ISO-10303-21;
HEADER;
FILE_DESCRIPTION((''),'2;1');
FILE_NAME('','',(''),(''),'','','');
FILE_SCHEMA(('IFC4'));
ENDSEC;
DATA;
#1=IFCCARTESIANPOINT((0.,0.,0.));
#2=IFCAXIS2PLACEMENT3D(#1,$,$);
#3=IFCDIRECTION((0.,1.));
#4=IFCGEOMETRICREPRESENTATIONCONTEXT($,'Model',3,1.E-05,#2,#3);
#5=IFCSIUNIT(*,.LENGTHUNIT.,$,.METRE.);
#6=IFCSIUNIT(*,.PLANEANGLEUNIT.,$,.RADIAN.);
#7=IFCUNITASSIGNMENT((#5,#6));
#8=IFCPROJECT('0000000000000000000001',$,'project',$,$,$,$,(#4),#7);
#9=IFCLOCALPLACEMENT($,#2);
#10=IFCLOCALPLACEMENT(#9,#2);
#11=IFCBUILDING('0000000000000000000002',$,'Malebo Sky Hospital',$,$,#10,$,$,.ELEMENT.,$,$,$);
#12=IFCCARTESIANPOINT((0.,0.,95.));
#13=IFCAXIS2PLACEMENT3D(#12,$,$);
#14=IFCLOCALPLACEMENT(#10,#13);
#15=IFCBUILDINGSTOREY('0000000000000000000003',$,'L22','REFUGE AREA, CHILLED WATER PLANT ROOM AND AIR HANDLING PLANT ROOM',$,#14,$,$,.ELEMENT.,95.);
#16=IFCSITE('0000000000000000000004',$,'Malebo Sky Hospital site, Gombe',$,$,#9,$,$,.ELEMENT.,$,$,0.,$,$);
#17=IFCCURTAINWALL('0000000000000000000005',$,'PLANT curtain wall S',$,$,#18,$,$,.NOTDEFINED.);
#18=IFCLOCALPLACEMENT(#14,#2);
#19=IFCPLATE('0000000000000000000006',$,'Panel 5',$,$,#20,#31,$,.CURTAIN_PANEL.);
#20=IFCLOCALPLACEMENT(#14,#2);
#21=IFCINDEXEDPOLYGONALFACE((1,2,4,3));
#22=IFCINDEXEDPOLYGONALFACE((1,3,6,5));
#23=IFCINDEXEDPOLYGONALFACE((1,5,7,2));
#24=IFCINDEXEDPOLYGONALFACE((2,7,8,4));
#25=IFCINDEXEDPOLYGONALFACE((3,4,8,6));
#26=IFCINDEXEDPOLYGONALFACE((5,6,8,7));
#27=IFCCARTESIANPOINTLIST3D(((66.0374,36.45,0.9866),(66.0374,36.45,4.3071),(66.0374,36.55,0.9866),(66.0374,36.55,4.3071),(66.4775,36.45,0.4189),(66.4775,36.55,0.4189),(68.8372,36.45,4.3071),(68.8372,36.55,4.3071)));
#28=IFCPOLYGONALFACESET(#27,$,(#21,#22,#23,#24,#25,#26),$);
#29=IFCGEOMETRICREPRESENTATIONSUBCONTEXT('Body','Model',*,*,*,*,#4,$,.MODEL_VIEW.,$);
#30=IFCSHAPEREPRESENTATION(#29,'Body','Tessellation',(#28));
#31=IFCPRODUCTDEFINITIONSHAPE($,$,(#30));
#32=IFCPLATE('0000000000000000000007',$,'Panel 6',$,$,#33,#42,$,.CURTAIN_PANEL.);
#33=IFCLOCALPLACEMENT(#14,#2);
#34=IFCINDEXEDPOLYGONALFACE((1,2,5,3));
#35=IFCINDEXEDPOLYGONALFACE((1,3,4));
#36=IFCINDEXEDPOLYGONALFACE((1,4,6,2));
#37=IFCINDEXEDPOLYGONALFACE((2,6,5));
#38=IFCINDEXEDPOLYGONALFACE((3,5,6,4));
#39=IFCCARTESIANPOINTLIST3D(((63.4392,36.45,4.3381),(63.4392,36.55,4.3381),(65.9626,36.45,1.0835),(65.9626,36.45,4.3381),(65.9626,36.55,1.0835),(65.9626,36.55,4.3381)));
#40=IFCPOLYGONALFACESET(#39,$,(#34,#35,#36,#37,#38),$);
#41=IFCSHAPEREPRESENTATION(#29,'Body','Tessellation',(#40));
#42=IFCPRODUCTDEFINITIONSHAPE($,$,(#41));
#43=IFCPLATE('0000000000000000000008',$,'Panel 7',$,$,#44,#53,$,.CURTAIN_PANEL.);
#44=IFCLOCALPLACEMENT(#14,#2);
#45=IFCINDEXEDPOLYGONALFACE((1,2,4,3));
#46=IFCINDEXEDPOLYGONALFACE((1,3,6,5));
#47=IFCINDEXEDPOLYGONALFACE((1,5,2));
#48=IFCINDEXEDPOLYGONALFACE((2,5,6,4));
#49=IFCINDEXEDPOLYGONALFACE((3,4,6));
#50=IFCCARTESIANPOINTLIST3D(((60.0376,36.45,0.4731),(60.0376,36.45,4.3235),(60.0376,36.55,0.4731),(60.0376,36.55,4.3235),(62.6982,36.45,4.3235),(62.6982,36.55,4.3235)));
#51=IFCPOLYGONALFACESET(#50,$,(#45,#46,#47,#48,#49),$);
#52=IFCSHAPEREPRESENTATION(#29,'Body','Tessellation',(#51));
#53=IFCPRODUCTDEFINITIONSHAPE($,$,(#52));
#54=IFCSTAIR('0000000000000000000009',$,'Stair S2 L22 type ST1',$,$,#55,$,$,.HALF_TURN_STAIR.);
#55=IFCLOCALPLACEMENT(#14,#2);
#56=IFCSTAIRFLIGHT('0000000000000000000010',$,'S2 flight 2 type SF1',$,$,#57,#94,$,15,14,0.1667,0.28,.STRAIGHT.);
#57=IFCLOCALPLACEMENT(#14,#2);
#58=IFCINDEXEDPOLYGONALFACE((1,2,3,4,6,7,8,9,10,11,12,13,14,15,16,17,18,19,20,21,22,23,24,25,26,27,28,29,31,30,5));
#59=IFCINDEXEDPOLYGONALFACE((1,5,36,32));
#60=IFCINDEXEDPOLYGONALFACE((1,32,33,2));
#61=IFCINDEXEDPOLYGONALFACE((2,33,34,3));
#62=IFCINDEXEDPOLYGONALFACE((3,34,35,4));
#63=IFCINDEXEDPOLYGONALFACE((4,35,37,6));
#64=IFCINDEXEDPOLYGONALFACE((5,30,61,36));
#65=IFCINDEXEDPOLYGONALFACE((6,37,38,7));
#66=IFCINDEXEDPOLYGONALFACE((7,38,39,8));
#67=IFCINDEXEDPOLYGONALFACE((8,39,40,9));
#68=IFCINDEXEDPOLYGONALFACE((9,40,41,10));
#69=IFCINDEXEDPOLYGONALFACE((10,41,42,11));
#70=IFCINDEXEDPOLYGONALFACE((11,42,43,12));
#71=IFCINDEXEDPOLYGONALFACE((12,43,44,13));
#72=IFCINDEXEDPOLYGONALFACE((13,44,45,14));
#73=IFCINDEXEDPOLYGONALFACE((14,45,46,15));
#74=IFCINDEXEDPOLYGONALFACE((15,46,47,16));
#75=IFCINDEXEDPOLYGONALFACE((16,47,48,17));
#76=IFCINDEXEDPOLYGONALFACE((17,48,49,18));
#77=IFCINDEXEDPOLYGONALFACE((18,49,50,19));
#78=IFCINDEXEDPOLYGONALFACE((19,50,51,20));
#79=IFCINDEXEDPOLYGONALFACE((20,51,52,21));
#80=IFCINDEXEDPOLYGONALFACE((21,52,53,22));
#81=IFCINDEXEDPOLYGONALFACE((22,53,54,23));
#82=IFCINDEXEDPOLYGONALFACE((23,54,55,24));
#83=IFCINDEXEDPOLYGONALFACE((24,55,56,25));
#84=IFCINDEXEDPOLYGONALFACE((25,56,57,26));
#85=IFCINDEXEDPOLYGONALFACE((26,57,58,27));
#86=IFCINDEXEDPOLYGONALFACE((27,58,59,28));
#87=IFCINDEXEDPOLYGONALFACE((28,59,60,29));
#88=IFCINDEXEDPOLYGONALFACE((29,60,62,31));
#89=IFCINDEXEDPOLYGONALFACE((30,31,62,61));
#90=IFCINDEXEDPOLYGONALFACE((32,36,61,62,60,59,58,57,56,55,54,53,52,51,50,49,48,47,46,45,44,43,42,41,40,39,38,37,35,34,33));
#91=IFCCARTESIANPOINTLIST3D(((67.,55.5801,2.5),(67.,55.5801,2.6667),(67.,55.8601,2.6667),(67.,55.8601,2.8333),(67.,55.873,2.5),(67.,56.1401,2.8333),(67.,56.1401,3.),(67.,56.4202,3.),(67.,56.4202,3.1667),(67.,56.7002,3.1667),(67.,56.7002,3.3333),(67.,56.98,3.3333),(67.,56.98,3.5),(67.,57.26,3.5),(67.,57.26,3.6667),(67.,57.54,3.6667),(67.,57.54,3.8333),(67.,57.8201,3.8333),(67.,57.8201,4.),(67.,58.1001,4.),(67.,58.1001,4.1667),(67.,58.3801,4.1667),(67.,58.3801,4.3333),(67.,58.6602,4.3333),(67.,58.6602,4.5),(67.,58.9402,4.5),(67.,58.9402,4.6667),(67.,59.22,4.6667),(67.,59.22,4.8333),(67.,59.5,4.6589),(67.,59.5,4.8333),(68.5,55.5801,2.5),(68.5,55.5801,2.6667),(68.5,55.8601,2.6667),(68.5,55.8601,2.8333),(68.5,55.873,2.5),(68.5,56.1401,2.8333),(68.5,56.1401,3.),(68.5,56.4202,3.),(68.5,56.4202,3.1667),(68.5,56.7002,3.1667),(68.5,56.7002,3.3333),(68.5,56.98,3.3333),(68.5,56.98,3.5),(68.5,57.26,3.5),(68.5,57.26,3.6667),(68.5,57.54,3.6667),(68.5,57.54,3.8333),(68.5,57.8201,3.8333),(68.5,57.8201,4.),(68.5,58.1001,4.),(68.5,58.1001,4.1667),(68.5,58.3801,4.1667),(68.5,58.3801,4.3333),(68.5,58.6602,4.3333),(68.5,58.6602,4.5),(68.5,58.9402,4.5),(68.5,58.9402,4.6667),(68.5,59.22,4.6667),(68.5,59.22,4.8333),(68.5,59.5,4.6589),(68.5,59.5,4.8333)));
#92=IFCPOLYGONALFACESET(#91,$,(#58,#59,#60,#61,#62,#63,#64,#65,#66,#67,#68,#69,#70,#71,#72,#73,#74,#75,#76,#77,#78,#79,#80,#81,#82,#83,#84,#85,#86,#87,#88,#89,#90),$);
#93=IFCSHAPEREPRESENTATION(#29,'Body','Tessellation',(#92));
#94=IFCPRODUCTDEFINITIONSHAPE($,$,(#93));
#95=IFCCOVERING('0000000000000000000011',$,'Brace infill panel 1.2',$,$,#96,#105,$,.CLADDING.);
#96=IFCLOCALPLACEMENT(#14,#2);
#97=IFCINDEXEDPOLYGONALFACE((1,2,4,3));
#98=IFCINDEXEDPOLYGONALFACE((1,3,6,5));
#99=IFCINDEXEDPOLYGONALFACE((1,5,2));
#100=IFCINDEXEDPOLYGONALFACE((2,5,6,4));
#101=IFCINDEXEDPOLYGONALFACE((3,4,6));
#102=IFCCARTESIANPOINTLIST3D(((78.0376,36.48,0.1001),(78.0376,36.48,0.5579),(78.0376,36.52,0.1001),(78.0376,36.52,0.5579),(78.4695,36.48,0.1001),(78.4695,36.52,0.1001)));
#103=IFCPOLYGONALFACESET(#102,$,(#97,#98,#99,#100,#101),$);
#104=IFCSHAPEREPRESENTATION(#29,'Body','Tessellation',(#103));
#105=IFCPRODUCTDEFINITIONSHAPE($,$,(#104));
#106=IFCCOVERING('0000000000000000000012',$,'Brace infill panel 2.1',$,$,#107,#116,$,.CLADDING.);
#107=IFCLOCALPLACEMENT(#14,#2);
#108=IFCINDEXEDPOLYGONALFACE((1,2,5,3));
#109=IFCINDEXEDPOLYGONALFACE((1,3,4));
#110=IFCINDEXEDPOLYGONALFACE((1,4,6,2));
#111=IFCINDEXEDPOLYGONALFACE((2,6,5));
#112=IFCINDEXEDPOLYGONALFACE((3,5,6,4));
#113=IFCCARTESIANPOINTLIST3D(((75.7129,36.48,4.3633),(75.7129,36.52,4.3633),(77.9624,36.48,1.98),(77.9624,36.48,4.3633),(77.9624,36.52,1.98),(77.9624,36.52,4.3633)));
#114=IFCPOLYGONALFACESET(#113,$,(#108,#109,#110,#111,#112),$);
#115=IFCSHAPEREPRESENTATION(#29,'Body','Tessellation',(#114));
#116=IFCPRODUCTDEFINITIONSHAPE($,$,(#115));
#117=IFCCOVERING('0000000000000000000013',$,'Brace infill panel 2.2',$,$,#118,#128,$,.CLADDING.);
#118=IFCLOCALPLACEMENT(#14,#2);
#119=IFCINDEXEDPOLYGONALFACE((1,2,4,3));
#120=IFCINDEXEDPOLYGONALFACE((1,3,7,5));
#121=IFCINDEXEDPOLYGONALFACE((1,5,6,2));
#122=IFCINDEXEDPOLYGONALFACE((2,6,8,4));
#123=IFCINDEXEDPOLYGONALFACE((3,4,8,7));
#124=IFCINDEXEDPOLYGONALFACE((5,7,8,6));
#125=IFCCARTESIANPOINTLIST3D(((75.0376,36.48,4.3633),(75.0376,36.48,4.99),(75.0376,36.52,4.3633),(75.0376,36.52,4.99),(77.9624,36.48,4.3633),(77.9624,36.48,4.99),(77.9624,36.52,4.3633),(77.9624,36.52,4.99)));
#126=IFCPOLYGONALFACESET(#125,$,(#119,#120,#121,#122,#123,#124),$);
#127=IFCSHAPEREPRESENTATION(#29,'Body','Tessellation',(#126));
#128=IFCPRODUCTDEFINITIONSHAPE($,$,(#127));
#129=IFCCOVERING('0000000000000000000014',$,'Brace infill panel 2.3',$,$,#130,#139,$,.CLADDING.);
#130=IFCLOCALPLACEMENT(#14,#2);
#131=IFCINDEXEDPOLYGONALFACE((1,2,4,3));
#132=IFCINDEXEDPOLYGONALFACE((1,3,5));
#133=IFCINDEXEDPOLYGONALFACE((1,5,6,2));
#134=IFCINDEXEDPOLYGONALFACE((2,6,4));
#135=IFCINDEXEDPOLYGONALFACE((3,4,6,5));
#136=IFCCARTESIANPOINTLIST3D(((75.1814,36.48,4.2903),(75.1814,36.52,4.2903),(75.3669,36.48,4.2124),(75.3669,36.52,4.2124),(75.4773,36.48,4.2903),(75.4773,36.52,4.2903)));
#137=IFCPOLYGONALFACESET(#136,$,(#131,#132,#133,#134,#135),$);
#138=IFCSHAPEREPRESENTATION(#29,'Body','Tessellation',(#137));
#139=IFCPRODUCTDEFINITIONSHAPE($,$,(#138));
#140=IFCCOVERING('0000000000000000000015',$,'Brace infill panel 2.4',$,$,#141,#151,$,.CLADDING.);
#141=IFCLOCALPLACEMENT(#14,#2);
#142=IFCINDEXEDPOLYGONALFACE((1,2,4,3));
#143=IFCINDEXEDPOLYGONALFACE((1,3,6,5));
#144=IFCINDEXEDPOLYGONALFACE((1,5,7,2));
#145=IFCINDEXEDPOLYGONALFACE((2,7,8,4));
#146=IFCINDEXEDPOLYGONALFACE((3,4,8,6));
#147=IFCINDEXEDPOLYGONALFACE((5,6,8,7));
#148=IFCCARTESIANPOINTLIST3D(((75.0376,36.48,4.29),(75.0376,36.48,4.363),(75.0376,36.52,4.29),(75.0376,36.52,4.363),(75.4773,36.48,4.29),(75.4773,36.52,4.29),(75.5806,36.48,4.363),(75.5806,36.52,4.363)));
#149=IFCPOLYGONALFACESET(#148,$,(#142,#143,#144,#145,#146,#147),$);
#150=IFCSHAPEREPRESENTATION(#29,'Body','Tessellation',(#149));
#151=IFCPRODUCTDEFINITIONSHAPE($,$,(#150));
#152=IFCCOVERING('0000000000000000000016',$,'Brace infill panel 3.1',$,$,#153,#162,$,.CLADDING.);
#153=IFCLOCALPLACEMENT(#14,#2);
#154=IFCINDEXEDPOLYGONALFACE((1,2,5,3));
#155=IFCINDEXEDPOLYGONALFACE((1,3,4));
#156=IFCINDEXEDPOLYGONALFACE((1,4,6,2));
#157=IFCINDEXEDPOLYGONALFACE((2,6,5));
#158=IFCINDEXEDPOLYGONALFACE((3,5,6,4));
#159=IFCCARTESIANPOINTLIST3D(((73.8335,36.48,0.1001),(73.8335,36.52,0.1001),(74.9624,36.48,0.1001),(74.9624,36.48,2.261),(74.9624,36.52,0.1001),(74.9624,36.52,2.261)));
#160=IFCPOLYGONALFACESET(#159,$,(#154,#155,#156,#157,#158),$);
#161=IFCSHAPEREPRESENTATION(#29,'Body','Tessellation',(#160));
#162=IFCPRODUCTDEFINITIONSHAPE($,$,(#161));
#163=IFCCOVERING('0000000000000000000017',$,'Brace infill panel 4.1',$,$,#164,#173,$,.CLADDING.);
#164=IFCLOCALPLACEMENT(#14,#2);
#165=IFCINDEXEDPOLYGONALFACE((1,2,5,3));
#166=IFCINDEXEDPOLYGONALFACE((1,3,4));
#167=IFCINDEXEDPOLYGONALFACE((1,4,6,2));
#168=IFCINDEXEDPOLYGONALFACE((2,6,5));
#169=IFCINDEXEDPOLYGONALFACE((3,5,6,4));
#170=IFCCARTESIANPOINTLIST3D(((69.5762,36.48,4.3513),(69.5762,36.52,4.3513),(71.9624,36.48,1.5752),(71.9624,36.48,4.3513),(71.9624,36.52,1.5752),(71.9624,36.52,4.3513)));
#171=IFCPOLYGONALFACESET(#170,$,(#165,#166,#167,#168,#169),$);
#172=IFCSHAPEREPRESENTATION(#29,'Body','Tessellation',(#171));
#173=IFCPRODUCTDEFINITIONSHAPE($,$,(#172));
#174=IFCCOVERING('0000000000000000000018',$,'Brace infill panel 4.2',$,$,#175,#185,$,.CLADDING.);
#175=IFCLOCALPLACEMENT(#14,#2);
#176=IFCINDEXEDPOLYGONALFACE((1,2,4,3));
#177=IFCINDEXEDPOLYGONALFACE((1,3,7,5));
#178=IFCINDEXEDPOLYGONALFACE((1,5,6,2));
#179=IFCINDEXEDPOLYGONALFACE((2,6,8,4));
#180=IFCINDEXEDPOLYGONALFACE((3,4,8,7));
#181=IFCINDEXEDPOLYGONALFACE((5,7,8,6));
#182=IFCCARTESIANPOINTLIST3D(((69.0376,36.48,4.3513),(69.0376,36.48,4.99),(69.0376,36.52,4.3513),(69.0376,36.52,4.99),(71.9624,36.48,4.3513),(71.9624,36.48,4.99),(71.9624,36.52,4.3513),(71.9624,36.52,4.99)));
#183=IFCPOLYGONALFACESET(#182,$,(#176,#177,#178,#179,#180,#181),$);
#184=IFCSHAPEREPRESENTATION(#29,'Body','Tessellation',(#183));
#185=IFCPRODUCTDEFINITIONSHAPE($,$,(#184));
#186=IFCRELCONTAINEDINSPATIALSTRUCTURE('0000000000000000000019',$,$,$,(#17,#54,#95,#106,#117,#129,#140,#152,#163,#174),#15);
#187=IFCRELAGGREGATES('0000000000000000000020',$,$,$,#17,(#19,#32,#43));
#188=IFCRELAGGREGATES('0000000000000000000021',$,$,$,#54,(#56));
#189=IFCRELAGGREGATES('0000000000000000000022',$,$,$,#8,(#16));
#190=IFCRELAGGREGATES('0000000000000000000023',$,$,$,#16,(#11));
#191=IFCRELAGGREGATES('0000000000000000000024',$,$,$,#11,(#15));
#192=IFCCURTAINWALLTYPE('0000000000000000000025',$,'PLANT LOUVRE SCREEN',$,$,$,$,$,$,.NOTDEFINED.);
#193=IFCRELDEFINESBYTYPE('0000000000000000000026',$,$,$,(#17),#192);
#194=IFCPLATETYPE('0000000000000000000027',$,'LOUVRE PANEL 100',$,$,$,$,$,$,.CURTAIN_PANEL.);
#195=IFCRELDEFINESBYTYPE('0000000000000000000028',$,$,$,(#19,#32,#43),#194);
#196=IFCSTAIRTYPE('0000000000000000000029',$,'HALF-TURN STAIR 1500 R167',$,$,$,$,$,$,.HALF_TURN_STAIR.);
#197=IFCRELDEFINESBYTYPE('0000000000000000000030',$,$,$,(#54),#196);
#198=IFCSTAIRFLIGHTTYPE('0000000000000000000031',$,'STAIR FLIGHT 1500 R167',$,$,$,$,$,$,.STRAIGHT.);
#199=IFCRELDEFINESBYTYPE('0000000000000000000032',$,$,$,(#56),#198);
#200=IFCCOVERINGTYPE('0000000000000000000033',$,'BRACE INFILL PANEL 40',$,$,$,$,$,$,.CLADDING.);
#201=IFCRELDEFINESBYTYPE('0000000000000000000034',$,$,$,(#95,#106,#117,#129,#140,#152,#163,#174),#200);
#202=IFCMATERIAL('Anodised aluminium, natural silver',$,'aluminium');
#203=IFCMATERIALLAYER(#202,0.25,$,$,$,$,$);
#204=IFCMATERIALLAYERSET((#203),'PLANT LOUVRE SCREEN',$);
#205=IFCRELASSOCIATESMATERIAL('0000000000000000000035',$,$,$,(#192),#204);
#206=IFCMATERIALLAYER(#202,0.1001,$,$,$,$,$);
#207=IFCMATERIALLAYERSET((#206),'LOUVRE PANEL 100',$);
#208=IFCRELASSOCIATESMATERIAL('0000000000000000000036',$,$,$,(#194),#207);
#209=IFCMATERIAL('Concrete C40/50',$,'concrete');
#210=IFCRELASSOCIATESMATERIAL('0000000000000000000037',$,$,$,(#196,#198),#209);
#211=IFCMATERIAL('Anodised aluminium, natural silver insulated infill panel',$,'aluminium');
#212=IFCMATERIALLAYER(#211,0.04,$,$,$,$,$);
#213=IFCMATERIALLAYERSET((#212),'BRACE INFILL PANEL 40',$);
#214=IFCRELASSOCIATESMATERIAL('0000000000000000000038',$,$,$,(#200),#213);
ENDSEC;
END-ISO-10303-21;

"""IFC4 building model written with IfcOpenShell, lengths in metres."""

from ifc_helpers import new_model, si_unit, direction, frame, origin, place, context, subcontext, project, spatial, polyline, outline, extrude, material, layer, layer_set, type_object, element, aggregate, save


model = new_model("IFC4")

# Units and contexts
model_context = context("Model", 3, precision=1e-05, world=origin(), true_north=direction((0.0, 1.0)))
body_context = subcontext(model_context, "Body", "Model", "MODEL_VIEW")
ifc_project = project(units=[si_unit("LENGTHUNIT", "METRE"), si_unit("PLANEANGLEUNIT", "RADIAN")], contexts=[model_context])

# Site, building, storey
site_placement = place(None, origin())
site = spatial("IfcSite", under=ifc_project, at=site_placement, Name="Malebo Sky Hospital site, Gombe", CompositionType="ELEMENT", RefElevation=0.0)
building_placement = place(site_placement, origin())
building = spatial("IfcBuilding", under=site, at=building_placement, Name="Malebo Sky Hospital", CompositionType="ELEMENT")
storey_placement = place(building_placement, frame((0.0, 0.0, 95.0)))
storey = spatial("IfcBuildingStorey", under=building, at=storey_placement, Name="L22", Description="REFUGE AREA, CHILLED WATER PLANT ROOM AND AIR HANDLING PLANT ROOM", CompositionType="ELEMENT", Elevation=95.0)

# Curtain wall
ifc_material_1 = material(Name="Anodised aluminium, natural silver", Category="aluminium")
ifc_layer_1 = layer(ifc_material_1, 0.25)
ifc_layer_set_1 = layer_set([ifc_layer_1], Name="PLANT LOUVRE SCREEN")
curtain_wall_type = type_object("IfcCurtainWallType", Name="PLANT LOUVRE SCREEN", PredefinedType="NOTDEFINED", material=ifc_layer_set_1)
curtain_wall_placement = place(storey_placement, origin())
curtain_wall = element("IfcCurtainWall", 1, at=curtain_wall_placement, inside=storey, type_object=curtain_wall_type, Name="PLANT curtain wall S", PredefinedType="NOTDEFINED")

# Plates
ifc_layer_2 = layer(ifc_material_1, 0.1001)
ifc_layer_set_2 = layer_set([ifc_layer_2], Name="LOUVRE PANEL 100")
plate_type = type_object("IfcPlateType", Name="LOUVRE PANEL 100", PredefinedType="CURTAIN_PANEL", material=ifc_layer_set_2)
plate_1_placement = place(storey_placement, frame((67.4373, 36.5, 0.4189), z_axis=(0.0, 0.0, 1.0), x_axis=(-1.0, 0.0, 0.0)))
plate_1 = element("IfcPlate", 2, at=plate_1_placement, type_object=plate_type, Name="Panel 5", PredefinedType="CURTAIN_PANEL", context=body_context, shape_type="SweptSolid", body=[
    extrude(outline(polyline([(0.9597, 0.0), (1.3999, 0.5676), (1.3999, 3.8882), (-1.3999, 3.8882), (0.9597, 0.0)])), frame((0.0, 0.05, 0.0), z_axis=(0.0, -1.0, 0.0), x_axis=(1.0, 0.0, 0.0)), (0.0, 0.0, 1.0), 0.1001),
])
plate_2_placement = place(storey_placement, frame((64.7009, 36.5, 1.0835), z_axis=(0.0, 0.0, 1.0), x_axis=(-1.0, 0.0, 0.0)))
plate_2 = element("IfcPlate", 3, at=plate_2_placement, type_object=plate_type, Name="Panel 6", PredefinedType="CURTAIN_PANEL", context=body_context, shape_type="SweptSolid", body=[
    extrude(outline(polyline([(-1.2617, 0.0), (1.2617, 3.2546), (-1.2617, 3.2546), (-1.2617, 0.0)])), frame((0.0, 0.05, 0.0), z_axis=(0.0, -1.0, 0.0), x_axis=(1.0, 0.0, 0.0)), (0.0, 0.0, 1.0), 0.1001),
])
plate_3_placement = place(storey_placement, frame((61.3679, 36.5, 0.4731), z_axis=(0.0, 0.0, 1.0), x_axis=(-1.0, 0.0, 0.0)))
plate_3 = element("IfcPlate", 4, at=plate_3_placement, type_object=plate_type, Name="Panel 7", PredefinedType="CURTAIN_PANEL", context=body_context, shape_type="SweptSolid", body=[
    extrude(outline(polyline([(1.3303, 0.0), (1.3303, 3.8503), (-1.3303, 3.8503), (1.3303, 0.0)])), frame((0.0, 0.05, 0.0), z_axis=(0.0, -1.0, 0.0), x_axis=(1.0, 0.0, 0.0)), (0.0, 0.0, 1.0), 0.1001),
])
aggregate(curtain_wall, [plate_1, plate_2, plate_3])

# Stair, stair flight
ifc_material_2 = material(Name="Concrete C40/50", Category="concrete")
stair_type = type_object("IfcStairType", Name="HALF-TURN STAIR 1500 R167", PredefinedType="HALF_TURN_STAIR", material=ifc_material_2)
stair_placement = place(storey_placement, origin())
stair = element("IfcStair", 5, at=stair_placement, inside=storey, type_object=stair_type, Name="Stair S2 L22 type ST1", PredefinedType="HALF_TURN_STAIR")
stair_flight_type = type_object("IfcStairFlightType", Name="STAIR FLIGHT 1500 R167", PredefinedType="STRAIGHT", material=ifc_material_2)
stair_flight_placement = place(storey_placement, frame((67.75, 55.5801, 2.5), z_axis=(0.0, 0.0, 1.0), x_axis=(0.0, 1.0, 0.0)))
stair_flight = element("IfcStairFlight", 6, at=stair_flight_placement, type_object=stair_flight_type, Name="S2 flight 2 type SF1", NumberOfRisers=15, NumberOfTreads=14, PredefinedType="STRAIGHT", RiserHeight=0.1667, TreadLength=0.28, context=body_context, shape_type="SweptSolid", body=[
    extrude(outline(polyline([(0.0, 0.0), (0.0, 0.1667), (0.28, 0.1667), (0.28, 0.3333), (0.5601, 0.3333), (0.5601, 0.5), (0.8401, 0.5), (0.8401, 0.6667), (1.1201, 0.6667), (1.1201, 0.8333), (1.3999, 0.8333), (1.3999, 1.0), (1.6799, 1.0), (1.6799, 1.1667), (1.96, 1.1667), (1.96, 1.3333), (2.24, 1.3333), (2.24, 1.5), (2.52, 1.5), (2.52, 1.6667), (2.8, 1.6667), (2.8, 1.8333), (3.0801, 1.8333), (3.0801, 2.0), (3.3601, 2.0), (3.3601, 2.1667), (3.6399, 2.1667), (3.6399, 2.3333), (3.9199, 2.3333), (3.9199, 2.5), (3.9199, 2.1589), (0.293, 0.0), (0.0, 0.0)])), frame((0.0, 0.75, 0.0), z_axis=(0.0, -1.0, 0.0), x_axis=(1.0, 0.0, 0.0)), (0.0, 0.0, 1.0), 1.5),
])
aggregate(stair, [stair_flight])

# Coverings
ifc_material_3 = material(Name="Anodised aluminium, natural silver insulated infill panel", Category="aluminium")
ifc_layer_3 = layer(ifc_material_3, 0.04)
ifc_layer_set_3 = layer_set([ifc_layer_3], Name="BRACE INFILL PANEL 40")
covering_type = type_object("IfcCoveringType", Name="BRACE INFILL PANEL 40", PredefinedType="CLADDING", material=ifc_layer_set_3)
covering_1_placement = place(storey_placement, frame((78.2537, 36.5, 0.1001), z_axis=(0.0, 0.0, 1.0), x_axis=(-1.0, 0.0, 0.0)))
element("IfcCovering", 7, at=covering_1_placement, inside=storey, type_object=covering_type, Name="Brace infill panel 1.2", PredefinedType="CLADDING", context=body_context, shape_type="SweptSolid", body=[
    extrude(outline(polyline([(-0.2158, 0.0), (0.2161, 0.0), (0.2161, 0.4578), (-0.2158, 0.0)])), frame((0.0, 0.02, 0.0), z_axis=(0.0, -1.0, 0.0), x_axis=(1.0, 0.0, 0.0)), (0.0, 0.0, 1.0), 0.04),
])
covering_2_placement = place(storey_placement, frame((76.8376, 36.5, 1.98), z_axis=(0.0, 0.0, 1.0), x_axis=(-1.0, 0.0, 0.0)))
element("IfcCovering", 8, at=covering_2_placement, inside=storey, type_object=covering_type, Name="Brace infill panel 2.1", PredefinedType="CLADDING", context=body_context, shape_type="SweptSolid", body=[
    extrude(outline(polyline([(-1.1248, 0.0), (1.1248, 2.3833), (-1.1248, 2.3833), (-1.1248, 0.0)])), frame((0.0, 0.02, 0.0), z_axis=(0.0, -1.0, 0.0), x_axis=(1.0, 0.0, 0.0)), (0.0, 0.0, 1.0), 0.04),
])
covering_3_placement = place(storey_placement, frame((76.5, 36.5, 4.3633), z_axis=(0.0, 0.0, 1.0), x_axis=(-1.0, 0.0, 0.0)))
element("IfcCovering", 9, at=covering_3_placement, inside=storey, type_object=covering_type, Name="Brace infill panel 2.2", PredefinedType="CLADDING", context=body_context, shape_type="SweptSolid", body=[
    extrude(outline(polyline([(-1.4624, 0.0), (1.4624, 0.0), (1.4624, 0.6267), (-1.4624, 0.6267), (-1.4624, 0.0)])), frame((0.0, 0.02, 0.0), z_axis=(0.0, -1.0, 0.0), x_axis=(1.0, 0.0, 0.0)), (0.0, 0.0, 1.0), 0.04),
])
covering_4_placement = place(storey_placement, frame((75.3293, 36.5, 4.2124), z_axis=(0.0, 0.0, 1.0), x_axis=(-1.0, 0.0, 0.0)))
element("IfcCovering", 10, at=covering_4_placement, inside=storey, type_object=covering_type, Name="Brace infill panel 2.3", PredefinedType="CLADDING", context=body_context, shape_type="SweptSolid", body=[
    extrude(outline(polyline([(-0.0376, 0.0), (0.1479, 0.0779), (-0.1479, 0.0779), (-0.0376, 0.0)])), frame((0.0, 0.02, 0.0), z_axis=(0.0, -1.0, 0.0), x_axis=(1.0, 0.0, 0.0)), (0.0, 0.0, 1.0), 0.04),
])
covering_5_placement = place(storey_placement, frame((75.3091, 36.5, 4.29), z_axis=(0.0, 0.0, 1.0), x_axis=(-1.0, 0.0, 0.0)))
element("IfcCovering", 11, at=covering_5_placement, inside=storey, type_object=covering_type, Name="Brace infill panel 2.4", PredefinedType="CLADDING", context=body_context, shape_type="SweptSolid", body=[
    extrude(outline(polyline([(-0.1682, 0.0), (0.2715, 0.0), (0.2715, 0.073), (-0.2715, 0.073), (-0.1682, 0.0)])), frame((0.0, 0.02, 0.0), z_axis=(0.0, -1.0, 0.0), x_axis=(1.0, 0.0, 0.0)), (0.0, 0.0, 1.0), 0.04),
])
covering_6_placement = place(storey_placement, frame((74.3979, 36.5, 0.1001), z_axis=(0.0, 0.0, 1.0), x_axis=(-1.0, 0.0, 0.0)))
element("IfcCovering", 12, at=covering_6_placement, inside=storey, type_object=covering_type, Name="Brace infill panel 3.1", PredefinedType="CLADDING", context=body_context, shape_type="SweptSolid", body=[
    extrude(outline(polyline([(-0.5645, 0.0), (0.5645, 0.0), (-0.5645, 2.1609), (-0.5645, 0.0)])), frame((0.0, 0.02, 0.0), z_axis=(0.0, -1.0, 0.0), x_axis=(1.0, 0.0, 0.0)), (0.0, 0.0, 1.0), 0.04),
])
covering_7_placement = place(storey_placement, frame((70.7693, 36.5, 1.5752), z_axis=(0.0, 0.0, 1.0), x_axis=(-1.0, 0.0, 0.0)))
element("IfcCovering", 13, at=covering_7_placement, inside=storey, type_object=covering_type, Name="Brace infill panel 4.1", PredefinedType="CLADDING", context=body_context, shape_type="SweptSolid", body=[
    extrude(outline(polyline([(-1.1931, 0.0), (1.1931, 2.7761), (-1.1931, 2.7761), (-1.1931, 0.0)])), frame((0.0, 0.02, 0.0), z_axis=(0.0, -1.0, 0.0), x_axis=(1.0, 0.0, 0.0)), (0.0, 0.0, 1.0), 0.04),
])
covering_8_placement = place(storey_placement, frame((70.5, 36.5, 4.3513), z_axis=(0.0, 0.0, 1.0), x_axis=(-1.0, 0.0, 0.0)))
element("IfcCovering", 14, at=covering_8_placement, inside=storey, type_object=covering_type, Name="Brace infill panel 4.2", PredefinedType="CLADDING", context=body_context, shape_type="SweptSolid", body=[
    extrude(outline(polyline([(-1.4624, 0.0), (1.4624, 0.0), (1.4624, 0.6387), (-1.4624, 0.6387), (-1.4624, 0.0)])), frame((0.0, 0.02, 0.0), z_axis=(0.0, -1.0, 0.0), x_axis=(1.0, 0.0, 0.0)), (0.0, 0.0, 1.0), 0.04),
])

save(model, "model.ifc")
